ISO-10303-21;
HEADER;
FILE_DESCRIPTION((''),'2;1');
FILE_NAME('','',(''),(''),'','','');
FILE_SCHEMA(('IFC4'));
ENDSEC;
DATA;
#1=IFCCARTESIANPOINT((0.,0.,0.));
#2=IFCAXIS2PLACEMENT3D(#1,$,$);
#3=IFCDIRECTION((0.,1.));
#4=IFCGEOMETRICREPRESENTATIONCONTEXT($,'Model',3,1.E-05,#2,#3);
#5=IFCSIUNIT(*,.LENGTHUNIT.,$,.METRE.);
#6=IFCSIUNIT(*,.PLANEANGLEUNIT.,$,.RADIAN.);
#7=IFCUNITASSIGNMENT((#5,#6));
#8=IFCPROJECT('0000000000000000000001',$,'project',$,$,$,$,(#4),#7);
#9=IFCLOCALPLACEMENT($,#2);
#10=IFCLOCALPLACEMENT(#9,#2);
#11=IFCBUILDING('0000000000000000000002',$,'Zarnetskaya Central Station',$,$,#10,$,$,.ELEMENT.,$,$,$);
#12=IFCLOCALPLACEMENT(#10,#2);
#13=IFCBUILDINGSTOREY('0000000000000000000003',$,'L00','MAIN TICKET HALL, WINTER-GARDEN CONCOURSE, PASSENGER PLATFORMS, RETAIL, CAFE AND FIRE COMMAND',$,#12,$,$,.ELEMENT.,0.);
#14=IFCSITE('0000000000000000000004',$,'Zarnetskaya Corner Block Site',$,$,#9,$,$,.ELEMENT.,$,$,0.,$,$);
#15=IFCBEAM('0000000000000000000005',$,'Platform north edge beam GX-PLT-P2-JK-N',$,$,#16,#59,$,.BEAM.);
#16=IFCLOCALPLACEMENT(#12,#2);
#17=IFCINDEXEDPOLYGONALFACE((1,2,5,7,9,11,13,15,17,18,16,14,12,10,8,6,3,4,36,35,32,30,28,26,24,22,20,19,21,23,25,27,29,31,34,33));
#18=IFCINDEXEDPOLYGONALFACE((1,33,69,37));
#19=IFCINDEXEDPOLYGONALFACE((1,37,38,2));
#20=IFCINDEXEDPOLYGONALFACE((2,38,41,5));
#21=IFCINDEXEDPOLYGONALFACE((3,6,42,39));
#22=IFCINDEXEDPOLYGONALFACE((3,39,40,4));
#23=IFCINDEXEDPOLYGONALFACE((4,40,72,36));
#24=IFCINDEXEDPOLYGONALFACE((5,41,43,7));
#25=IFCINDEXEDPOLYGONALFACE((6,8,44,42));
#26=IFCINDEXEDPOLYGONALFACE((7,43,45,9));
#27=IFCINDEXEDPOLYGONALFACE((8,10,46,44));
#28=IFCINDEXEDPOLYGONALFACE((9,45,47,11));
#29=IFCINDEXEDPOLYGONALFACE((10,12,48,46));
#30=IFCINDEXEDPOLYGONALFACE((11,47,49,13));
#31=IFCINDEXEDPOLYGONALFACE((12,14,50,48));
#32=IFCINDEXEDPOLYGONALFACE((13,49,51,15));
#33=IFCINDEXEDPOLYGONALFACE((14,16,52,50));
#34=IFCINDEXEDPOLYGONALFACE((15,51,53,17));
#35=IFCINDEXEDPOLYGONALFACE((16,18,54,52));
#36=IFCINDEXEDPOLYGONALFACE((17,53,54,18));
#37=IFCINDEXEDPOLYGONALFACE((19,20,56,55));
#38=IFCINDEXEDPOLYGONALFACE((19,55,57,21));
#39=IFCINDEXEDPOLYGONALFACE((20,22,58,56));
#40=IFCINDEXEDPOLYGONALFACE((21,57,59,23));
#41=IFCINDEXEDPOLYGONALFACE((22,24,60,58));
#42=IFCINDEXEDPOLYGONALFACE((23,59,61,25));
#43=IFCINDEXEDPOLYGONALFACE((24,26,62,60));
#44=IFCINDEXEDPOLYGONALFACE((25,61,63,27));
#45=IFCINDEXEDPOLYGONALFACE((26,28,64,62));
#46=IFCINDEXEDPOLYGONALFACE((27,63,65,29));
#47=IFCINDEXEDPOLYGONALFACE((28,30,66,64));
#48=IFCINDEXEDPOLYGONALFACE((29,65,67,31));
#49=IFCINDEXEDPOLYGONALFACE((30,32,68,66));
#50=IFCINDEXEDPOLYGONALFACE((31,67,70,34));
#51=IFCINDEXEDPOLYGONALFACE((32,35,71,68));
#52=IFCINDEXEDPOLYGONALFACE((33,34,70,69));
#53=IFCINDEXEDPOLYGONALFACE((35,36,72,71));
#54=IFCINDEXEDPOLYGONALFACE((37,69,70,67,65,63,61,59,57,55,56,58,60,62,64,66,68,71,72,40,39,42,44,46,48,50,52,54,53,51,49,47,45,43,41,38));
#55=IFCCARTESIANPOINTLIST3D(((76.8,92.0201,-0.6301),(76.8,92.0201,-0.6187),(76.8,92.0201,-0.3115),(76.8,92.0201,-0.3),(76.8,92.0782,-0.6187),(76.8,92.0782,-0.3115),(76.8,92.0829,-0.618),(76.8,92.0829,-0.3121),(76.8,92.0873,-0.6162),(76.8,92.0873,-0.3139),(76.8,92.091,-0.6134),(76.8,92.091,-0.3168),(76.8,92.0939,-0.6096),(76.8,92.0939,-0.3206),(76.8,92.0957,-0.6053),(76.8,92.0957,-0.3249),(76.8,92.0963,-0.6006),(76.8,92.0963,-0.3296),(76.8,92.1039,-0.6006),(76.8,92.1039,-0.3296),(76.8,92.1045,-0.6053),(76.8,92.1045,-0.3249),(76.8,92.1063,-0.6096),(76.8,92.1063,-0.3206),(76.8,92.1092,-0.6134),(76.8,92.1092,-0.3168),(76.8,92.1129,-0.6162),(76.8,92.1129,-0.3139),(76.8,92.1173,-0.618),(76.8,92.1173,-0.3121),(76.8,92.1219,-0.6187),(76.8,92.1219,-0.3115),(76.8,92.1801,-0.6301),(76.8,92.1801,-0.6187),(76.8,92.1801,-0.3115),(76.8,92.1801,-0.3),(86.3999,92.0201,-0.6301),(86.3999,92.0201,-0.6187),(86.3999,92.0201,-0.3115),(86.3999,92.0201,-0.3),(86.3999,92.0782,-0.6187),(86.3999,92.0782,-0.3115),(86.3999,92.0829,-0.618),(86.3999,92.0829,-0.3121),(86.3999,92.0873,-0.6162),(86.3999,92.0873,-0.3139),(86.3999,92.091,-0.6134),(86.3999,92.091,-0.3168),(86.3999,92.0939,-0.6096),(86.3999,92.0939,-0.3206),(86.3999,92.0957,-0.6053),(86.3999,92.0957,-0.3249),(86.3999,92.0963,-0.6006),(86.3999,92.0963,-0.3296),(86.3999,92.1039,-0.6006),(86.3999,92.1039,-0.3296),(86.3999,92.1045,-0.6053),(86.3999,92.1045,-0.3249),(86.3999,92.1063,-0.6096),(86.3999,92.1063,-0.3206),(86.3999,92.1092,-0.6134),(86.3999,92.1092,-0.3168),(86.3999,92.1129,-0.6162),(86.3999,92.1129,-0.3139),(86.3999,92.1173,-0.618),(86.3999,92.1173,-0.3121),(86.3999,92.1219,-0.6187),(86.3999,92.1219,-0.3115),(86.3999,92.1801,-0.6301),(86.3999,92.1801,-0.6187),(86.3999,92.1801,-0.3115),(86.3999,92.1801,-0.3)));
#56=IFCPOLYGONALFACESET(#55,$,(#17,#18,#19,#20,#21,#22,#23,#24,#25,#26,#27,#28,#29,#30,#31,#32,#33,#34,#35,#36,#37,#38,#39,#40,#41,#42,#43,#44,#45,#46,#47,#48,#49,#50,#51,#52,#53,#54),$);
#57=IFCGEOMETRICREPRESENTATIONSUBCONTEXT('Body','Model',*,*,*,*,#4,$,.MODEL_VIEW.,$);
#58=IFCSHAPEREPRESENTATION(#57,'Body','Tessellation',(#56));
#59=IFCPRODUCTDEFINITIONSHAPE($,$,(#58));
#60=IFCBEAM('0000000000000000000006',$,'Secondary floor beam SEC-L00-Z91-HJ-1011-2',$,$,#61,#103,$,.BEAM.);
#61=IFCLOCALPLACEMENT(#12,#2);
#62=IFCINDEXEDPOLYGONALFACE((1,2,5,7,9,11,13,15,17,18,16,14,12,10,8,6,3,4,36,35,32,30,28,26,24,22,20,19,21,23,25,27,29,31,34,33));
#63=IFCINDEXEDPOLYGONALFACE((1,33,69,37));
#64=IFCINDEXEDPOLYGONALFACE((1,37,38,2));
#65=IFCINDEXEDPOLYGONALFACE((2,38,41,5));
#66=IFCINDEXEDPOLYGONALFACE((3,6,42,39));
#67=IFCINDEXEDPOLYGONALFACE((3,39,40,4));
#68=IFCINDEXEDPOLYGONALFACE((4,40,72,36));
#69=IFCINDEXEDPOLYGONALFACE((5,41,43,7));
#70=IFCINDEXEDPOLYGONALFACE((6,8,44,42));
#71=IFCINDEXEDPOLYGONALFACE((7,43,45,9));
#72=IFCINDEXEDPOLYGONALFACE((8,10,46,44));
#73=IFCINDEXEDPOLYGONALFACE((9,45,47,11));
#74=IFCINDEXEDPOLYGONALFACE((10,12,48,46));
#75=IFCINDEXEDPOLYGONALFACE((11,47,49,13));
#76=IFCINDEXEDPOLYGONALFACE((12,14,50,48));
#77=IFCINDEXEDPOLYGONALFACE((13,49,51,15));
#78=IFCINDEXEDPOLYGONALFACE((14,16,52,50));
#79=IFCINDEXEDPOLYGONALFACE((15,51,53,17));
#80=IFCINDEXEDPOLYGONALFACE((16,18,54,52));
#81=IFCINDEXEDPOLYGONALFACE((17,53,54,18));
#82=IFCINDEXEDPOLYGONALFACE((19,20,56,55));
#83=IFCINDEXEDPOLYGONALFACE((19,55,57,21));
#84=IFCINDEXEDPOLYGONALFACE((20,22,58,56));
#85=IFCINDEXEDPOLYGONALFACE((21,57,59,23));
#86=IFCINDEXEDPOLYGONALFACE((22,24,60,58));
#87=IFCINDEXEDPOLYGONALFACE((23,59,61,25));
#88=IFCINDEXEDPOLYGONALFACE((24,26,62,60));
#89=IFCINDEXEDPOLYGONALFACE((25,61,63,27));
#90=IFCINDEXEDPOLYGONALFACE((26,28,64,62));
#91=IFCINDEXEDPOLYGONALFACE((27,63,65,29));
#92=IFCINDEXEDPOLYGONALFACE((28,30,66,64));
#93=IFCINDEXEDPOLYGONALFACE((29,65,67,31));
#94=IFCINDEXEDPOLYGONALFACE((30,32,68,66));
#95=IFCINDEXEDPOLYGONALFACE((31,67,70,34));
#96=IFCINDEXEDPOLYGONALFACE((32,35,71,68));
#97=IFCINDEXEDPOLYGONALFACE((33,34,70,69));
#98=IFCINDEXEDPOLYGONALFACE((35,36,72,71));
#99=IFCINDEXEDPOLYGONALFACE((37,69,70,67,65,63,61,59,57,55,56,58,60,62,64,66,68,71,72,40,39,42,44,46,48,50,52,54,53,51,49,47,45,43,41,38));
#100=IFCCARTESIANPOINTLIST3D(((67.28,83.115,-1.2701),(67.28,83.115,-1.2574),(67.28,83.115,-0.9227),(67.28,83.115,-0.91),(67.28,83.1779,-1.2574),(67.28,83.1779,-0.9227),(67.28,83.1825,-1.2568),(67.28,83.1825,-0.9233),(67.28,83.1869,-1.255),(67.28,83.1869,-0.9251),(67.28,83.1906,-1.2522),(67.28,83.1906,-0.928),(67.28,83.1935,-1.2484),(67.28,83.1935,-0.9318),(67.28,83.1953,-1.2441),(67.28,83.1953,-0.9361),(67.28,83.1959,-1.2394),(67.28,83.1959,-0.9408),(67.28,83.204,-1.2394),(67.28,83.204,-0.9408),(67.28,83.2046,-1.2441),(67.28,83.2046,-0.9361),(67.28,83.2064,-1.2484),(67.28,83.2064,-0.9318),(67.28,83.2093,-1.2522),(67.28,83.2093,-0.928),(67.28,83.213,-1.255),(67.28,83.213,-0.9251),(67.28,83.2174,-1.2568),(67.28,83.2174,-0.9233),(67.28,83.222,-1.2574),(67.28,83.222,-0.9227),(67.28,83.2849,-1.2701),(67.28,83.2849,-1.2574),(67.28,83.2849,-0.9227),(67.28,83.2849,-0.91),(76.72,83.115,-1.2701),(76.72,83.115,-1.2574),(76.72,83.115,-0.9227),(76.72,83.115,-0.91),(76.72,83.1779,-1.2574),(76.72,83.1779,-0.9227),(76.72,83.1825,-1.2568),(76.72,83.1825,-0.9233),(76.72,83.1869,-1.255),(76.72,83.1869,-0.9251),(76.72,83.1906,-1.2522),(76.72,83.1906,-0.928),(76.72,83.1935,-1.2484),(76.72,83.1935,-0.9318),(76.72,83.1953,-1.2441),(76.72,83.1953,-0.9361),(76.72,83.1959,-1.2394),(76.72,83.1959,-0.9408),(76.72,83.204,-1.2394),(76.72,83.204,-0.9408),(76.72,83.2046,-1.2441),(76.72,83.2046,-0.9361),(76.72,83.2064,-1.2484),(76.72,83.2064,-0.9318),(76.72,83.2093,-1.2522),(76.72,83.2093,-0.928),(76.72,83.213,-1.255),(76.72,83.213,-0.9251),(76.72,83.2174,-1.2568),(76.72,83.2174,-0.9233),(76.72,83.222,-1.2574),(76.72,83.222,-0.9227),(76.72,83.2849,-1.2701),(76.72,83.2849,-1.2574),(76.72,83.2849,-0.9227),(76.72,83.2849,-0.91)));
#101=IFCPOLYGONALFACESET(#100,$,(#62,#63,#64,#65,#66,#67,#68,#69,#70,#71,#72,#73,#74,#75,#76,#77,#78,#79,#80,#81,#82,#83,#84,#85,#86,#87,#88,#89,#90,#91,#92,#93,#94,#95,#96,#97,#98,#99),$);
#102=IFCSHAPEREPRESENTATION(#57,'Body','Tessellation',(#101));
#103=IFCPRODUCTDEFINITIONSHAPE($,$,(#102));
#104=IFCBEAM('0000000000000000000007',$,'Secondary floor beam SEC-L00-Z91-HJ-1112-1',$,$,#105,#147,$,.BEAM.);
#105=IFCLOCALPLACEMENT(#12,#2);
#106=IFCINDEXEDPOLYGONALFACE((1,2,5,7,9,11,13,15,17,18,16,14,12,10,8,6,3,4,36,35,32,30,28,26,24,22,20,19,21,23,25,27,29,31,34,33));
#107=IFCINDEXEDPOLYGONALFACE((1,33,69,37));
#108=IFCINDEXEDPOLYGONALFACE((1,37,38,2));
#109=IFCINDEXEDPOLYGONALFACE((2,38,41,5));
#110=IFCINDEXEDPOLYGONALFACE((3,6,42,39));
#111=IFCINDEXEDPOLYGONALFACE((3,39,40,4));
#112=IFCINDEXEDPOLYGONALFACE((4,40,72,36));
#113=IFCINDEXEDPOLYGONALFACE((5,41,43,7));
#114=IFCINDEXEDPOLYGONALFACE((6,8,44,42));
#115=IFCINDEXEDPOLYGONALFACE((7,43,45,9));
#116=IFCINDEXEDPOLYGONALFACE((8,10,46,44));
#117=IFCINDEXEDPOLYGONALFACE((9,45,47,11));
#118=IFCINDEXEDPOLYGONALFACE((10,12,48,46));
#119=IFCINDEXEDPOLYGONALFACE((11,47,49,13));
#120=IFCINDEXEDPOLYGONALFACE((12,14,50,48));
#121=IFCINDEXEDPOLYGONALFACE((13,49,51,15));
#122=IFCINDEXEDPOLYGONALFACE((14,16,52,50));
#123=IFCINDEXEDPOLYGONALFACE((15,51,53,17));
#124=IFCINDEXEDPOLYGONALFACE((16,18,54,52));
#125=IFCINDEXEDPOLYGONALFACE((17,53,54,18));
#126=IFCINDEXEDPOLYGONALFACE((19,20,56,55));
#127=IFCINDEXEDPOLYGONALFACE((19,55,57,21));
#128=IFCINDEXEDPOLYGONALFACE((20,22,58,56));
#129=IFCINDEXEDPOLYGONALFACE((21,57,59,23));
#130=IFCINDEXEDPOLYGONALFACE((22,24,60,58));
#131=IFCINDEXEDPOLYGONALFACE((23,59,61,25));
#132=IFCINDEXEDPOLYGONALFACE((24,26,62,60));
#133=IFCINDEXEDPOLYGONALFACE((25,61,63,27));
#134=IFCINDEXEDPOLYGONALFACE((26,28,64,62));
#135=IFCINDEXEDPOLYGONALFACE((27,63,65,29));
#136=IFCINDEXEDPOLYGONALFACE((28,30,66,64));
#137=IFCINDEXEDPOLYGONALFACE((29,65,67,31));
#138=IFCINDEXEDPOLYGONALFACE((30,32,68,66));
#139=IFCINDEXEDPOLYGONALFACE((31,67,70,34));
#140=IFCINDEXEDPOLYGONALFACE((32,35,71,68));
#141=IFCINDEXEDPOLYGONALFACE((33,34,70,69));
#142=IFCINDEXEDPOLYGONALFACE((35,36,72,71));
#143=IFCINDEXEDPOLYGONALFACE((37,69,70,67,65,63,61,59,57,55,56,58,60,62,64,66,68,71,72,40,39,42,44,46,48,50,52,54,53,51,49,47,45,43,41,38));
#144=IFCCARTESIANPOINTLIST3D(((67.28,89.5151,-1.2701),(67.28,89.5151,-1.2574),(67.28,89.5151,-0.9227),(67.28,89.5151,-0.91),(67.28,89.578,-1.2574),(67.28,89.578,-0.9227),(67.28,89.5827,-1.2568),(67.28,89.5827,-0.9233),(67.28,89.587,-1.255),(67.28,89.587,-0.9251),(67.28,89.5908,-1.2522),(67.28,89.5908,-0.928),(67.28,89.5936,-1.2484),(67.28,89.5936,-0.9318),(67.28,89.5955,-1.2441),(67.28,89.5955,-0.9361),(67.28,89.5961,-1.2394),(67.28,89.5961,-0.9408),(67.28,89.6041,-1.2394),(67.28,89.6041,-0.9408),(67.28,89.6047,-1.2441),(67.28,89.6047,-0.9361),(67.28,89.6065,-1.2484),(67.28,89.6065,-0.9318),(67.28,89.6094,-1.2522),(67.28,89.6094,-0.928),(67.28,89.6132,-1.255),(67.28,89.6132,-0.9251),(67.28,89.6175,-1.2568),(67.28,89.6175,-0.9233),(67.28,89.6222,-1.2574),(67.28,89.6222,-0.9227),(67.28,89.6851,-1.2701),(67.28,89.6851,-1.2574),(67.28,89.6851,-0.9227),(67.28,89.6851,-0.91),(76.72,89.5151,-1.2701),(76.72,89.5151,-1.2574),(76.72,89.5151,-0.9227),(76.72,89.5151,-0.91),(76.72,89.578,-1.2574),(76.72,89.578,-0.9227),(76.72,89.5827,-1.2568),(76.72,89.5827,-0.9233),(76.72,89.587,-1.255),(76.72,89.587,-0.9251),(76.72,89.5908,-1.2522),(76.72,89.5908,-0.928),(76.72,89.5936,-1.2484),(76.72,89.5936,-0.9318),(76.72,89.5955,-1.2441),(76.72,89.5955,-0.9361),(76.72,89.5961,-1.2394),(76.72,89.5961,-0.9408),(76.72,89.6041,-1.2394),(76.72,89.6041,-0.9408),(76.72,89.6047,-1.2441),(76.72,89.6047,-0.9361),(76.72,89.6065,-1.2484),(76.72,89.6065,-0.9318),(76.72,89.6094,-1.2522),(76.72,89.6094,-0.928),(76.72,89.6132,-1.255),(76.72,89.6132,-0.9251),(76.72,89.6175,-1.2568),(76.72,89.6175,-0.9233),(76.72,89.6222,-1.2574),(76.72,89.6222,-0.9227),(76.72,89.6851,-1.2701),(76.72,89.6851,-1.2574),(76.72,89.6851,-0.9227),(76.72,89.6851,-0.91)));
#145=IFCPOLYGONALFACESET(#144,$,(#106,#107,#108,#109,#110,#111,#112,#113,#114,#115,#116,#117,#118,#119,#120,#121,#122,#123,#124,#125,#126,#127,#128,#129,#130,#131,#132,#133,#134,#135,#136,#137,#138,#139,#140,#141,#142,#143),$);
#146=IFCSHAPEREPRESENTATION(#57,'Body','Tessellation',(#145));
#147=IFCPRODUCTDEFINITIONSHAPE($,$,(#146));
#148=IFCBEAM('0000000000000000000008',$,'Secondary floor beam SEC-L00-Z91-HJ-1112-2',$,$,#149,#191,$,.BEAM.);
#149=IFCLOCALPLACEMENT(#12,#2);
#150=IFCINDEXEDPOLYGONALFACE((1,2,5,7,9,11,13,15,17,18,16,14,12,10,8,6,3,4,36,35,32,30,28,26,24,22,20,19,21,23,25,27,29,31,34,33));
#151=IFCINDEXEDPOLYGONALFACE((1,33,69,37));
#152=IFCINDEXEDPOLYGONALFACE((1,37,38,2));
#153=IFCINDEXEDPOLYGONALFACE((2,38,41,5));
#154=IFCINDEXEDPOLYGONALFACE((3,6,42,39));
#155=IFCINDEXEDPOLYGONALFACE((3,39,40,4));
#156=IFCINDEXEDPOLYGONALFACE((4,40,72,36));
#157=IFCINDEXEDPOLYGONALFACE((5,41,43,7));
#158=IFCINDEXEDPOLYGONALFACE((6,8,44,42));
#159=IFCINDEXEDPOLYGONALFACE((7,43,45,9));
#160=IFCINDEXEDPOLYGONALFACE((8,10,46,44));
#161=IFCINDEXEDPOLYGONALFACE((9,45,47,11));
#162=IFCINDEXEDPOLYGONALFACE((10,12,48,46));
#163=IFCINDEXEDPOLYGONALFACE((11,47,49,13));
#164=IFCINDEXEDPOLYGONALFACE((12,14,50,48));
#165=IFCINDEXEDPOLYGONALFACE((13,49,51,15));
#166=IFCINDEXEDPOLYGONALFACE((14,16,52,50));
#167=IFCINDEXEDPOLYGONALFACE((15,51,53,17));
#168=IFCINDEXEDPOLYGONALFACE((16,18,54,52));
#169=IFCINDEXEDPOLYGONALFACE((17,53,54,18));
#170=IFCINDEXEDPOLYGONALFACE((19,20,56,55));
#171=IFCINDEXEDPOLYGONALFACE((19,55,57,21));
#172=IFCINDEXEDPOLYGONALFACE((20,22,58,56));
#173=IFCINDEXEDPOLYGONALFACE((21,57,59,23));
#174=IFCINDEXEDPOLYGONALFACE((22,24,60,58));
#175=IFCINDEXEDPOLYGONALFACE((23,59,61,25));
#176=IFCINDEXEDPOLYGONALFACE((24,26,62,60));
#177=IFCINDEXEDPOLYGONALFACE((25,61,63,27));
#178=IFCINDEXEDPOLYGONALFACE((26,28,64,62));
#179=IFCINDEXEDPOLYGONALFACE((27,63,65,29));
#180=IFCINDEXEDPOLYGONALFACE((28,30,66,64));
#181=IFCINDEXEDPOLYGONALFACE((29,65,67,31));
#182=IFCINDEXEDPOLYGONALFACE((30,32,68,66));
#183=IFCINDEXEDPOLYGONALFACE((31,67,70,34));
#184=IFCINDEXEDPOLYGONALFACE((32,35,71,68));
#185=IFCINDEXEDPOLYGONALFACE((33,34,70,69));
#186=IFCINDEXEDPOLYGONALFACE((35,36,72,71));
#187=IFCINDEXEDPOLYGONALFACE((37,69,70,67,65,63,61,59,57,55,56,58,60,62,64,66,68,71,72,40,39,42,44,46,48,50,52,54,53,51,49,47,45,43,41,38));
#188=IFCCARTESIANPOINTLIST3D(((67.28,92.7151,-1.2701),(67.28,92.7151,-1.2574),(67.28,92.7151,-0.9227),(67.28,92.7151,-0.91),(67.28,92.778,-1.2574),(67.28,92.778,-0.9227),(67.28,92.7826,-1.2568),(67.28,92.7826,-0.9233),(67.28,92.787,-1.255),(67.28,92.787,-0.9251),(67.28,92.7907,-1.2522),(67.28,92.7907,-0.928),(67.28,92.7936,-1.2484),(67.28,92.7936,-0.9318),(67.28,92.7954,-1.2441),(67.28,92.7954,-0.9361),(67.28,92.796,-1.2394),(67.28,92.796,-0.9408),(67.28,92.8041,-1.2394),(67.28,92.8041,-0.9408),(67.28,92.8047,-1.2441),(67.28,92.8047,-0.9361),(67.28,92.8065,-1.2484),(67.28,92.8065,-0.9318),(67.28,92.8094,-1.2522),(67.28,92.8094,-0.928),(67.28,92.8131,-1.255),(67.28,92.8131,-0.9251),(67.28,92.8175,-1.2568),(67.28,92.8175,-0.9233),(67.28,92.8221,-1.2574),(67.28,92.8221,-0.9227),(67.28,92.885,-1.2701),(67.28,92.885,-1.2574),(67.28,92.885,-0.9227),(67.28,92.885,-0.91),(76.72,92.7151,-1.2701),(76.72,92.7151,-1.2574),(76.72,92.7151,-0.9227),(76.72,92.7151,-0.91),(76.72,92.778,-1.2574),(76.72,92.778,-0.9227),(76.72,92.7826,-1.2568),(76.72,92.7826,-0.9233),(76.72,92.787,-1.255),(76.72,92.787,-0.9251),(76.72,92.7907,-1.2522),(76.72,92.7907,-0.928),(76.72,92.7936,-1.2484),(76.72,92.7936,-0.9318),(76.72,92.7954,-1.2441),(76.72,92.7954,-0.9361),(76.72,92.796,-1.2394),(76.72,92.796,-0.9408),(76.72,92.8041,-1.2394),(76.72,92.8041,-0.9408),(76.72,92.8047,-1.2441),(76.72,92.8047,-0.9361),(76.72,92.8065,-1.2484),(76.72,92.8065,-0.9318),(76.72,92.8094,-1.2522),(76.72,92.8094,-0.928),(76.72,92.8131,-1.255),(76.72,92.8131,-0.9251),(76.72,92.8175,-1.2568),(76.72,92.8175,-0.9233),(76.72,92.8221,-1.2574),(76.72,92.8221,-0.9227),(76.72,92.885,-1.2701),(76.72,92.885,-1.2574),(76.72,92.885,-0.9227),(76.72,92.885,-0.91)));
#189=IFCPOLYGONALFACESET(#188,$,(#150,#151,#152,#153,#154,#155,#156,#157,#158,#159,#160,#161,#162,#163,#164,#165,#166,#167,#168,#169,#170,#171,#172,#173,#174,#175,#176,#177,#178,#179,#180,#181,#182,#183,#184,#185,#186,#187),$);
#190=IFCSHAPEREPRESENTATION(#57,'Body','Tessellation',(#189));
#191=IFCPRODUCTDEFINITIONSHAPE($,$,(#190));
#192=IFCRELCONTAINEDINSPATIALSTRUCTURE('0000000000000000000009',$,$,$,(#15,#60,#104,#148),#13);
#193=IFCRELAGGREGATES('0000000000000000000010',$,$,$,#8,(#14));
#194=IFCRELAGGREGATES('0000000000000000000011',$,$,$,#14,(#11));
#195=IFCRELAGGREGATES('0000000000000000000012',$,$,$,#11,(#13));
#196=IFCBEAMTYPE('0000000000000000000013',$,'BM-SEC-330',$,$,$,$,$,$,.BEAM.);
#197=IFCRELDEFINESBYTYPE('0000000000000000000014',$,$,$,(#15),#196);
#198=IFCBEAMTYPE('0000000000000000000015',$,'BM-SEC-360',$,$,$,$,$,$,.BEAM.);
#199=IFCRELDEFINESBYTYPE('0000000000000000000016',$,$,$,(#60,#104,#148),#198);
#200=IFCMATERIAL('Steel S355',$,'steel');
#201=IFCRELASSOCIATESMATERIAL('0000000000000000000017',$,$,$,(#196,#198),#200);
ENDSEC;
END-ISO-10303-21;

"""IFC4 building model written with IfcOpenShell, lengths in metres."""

from ifc_helpers import new_model, si_unit, direction, frame, origin, origin_2d, place, context, subcontext, project, spatial, i_section, extrude, material, material_profile, profile_set, type_object, element, save


model = new_model("IFC4")

# Units and contexts
model_context = context("Model", 3, precision=1e-05, world=origin(), true_north=direction((0.0, 1.0)))
body_context = subcontext(model_context, "Body", "Model", "MODEL_VIEW")
ifc_project = project(units=[si_unit("LENGTHUNIT", "METRE"), si_unit("PLANEANGLEUNIT", "RADIAN")], contexts=[model_context])

# Site, building, storey
site_placement = place(None, origin())
site = spatial("IfcSite", under=ifc_project, at=site_placement, Name="Zarnetskaya Corner Block Site", CompositionType="ELEMENT", RefElevation=0.0)
building_placement = place(site_placement, origin())
building = spatial("IfcBuilding", under=site, at=building_placement, Name="Zarnetskaya Central Station", CompositionType="ELEMENT")
storey_placement = place(building_placement, origin())
storey = spatial("IfcBuildingStorey", under=building, at=storey_placement, Name="L00", Description="MAIN TICKET HALL, WINTER-GARDEN CONCOURSE, PASSENGER PLATFORMS, RETAIL, CAFE AND FIRE COMMAND", CompositionType="ELEMENT", Elevation=0.0)

# Shared definitions
ifc_material_1 = material(Name="Steel S355", Category="steel")

# Beams
ifc_material_profile_1 = material_profile(ifc_material_1, i_section(OverallWidth=0.1599, OverallDepth=0.3301, WebThickness=0.0076, FlangeThickness=0.0115, FilletRadius=0.0181, at=origin_2d()), Name="IPE 330")
ifc_profile_set_1 = profile_set([ifc_material_profile_1], Name="Steel S355")
beam_type_1 = type_object("IfcBeamType", Name="BM-SEC-330", PredefinedType="BEAM", material=ifc_profile_set_1)
beam_1_placement = place(storey_placement, frame((76.8, 92.1001, -0.4651), z_axis=(1.0, 0.0, 0.0), x_axis=(0.0, 1.0, 0.0)))
element("IfcBeam", 1, at=beam_1_placement, inside=storey, type_object=beam_type_1, Name="Platform north edge beam GX-PLT-P2-JK-N", PredefinedType="BEAM", context=body_context, shape_type="SweptSolid", body=[
    extrude(i_section(OverallWidth=0.1599, OverallDepth=0.3301, WebThickness=0.0076, FlangeThickness=0.0115, FilletRadius=0.0181, at=origin_2d()), origin(), (0.0, 0.0, 1.0), 9.5999),
])
ifc_material_profile_2 = material_profile(ifc_material_1, i_section(OverallWidth=0.1699, OverallDepth=0.3601, WebThickness=0.0081, FlangeThickness=0.0127, FilletRadius=0.0181, at=origin_2d()), Name="IPE 360")
ifc_profile_set_2 = profile_set([ifc_material_profile_2], Name="Steel S355")
beam_type_2 = type_object("IfcBeamType", Name="BM-SEC-360", PredefinedType="BEAM", material=ifc_profile_set_2)
for number, where, z_axis, x_axis, name in (
    (2, (67.28, 83.2, -1.0901), (1.0, 0.0, 0.0), (0.0, 1.0, 0.0), "Secondary floor beam SEC-L00-Z91-HJ-1011-2"),
    (3, (67.28, 89.6001, -1.0901), (1.0, 0.0, 0.0), (0.0, 1.0, 0.0), "Secondary floor beam SEC-L00-Z91-HJ-1112-1"),
    (4, (67.28, 92.8, -1.0901), (1.0, 0.0, 0.0), (0.0, 1.0, 0.0), "Secondary floor beam SEC-L00-Z91-HJ-1112-2"),
):
    element("IfcBeam", number, at=place(storey_placement, frame(where, z_axis=z_axis, x_axis=x_axis)), inside=storey, type_object=beam_type_2, Name=name, PredefinedType="BEAM", context=body_context, shape_type="SweptSolid", body=[
        extrude(i_section(OverallWidth=0.1699, OverallDepth=0.3601, WebThickness=0.0081, FlangeThickness=0.0127, FilletRadius=0.0181, at=origin_2d()), origin(), (0.0, 0.0, 1.0), 9.4399),
    ])

save(model, "model.ifc")
